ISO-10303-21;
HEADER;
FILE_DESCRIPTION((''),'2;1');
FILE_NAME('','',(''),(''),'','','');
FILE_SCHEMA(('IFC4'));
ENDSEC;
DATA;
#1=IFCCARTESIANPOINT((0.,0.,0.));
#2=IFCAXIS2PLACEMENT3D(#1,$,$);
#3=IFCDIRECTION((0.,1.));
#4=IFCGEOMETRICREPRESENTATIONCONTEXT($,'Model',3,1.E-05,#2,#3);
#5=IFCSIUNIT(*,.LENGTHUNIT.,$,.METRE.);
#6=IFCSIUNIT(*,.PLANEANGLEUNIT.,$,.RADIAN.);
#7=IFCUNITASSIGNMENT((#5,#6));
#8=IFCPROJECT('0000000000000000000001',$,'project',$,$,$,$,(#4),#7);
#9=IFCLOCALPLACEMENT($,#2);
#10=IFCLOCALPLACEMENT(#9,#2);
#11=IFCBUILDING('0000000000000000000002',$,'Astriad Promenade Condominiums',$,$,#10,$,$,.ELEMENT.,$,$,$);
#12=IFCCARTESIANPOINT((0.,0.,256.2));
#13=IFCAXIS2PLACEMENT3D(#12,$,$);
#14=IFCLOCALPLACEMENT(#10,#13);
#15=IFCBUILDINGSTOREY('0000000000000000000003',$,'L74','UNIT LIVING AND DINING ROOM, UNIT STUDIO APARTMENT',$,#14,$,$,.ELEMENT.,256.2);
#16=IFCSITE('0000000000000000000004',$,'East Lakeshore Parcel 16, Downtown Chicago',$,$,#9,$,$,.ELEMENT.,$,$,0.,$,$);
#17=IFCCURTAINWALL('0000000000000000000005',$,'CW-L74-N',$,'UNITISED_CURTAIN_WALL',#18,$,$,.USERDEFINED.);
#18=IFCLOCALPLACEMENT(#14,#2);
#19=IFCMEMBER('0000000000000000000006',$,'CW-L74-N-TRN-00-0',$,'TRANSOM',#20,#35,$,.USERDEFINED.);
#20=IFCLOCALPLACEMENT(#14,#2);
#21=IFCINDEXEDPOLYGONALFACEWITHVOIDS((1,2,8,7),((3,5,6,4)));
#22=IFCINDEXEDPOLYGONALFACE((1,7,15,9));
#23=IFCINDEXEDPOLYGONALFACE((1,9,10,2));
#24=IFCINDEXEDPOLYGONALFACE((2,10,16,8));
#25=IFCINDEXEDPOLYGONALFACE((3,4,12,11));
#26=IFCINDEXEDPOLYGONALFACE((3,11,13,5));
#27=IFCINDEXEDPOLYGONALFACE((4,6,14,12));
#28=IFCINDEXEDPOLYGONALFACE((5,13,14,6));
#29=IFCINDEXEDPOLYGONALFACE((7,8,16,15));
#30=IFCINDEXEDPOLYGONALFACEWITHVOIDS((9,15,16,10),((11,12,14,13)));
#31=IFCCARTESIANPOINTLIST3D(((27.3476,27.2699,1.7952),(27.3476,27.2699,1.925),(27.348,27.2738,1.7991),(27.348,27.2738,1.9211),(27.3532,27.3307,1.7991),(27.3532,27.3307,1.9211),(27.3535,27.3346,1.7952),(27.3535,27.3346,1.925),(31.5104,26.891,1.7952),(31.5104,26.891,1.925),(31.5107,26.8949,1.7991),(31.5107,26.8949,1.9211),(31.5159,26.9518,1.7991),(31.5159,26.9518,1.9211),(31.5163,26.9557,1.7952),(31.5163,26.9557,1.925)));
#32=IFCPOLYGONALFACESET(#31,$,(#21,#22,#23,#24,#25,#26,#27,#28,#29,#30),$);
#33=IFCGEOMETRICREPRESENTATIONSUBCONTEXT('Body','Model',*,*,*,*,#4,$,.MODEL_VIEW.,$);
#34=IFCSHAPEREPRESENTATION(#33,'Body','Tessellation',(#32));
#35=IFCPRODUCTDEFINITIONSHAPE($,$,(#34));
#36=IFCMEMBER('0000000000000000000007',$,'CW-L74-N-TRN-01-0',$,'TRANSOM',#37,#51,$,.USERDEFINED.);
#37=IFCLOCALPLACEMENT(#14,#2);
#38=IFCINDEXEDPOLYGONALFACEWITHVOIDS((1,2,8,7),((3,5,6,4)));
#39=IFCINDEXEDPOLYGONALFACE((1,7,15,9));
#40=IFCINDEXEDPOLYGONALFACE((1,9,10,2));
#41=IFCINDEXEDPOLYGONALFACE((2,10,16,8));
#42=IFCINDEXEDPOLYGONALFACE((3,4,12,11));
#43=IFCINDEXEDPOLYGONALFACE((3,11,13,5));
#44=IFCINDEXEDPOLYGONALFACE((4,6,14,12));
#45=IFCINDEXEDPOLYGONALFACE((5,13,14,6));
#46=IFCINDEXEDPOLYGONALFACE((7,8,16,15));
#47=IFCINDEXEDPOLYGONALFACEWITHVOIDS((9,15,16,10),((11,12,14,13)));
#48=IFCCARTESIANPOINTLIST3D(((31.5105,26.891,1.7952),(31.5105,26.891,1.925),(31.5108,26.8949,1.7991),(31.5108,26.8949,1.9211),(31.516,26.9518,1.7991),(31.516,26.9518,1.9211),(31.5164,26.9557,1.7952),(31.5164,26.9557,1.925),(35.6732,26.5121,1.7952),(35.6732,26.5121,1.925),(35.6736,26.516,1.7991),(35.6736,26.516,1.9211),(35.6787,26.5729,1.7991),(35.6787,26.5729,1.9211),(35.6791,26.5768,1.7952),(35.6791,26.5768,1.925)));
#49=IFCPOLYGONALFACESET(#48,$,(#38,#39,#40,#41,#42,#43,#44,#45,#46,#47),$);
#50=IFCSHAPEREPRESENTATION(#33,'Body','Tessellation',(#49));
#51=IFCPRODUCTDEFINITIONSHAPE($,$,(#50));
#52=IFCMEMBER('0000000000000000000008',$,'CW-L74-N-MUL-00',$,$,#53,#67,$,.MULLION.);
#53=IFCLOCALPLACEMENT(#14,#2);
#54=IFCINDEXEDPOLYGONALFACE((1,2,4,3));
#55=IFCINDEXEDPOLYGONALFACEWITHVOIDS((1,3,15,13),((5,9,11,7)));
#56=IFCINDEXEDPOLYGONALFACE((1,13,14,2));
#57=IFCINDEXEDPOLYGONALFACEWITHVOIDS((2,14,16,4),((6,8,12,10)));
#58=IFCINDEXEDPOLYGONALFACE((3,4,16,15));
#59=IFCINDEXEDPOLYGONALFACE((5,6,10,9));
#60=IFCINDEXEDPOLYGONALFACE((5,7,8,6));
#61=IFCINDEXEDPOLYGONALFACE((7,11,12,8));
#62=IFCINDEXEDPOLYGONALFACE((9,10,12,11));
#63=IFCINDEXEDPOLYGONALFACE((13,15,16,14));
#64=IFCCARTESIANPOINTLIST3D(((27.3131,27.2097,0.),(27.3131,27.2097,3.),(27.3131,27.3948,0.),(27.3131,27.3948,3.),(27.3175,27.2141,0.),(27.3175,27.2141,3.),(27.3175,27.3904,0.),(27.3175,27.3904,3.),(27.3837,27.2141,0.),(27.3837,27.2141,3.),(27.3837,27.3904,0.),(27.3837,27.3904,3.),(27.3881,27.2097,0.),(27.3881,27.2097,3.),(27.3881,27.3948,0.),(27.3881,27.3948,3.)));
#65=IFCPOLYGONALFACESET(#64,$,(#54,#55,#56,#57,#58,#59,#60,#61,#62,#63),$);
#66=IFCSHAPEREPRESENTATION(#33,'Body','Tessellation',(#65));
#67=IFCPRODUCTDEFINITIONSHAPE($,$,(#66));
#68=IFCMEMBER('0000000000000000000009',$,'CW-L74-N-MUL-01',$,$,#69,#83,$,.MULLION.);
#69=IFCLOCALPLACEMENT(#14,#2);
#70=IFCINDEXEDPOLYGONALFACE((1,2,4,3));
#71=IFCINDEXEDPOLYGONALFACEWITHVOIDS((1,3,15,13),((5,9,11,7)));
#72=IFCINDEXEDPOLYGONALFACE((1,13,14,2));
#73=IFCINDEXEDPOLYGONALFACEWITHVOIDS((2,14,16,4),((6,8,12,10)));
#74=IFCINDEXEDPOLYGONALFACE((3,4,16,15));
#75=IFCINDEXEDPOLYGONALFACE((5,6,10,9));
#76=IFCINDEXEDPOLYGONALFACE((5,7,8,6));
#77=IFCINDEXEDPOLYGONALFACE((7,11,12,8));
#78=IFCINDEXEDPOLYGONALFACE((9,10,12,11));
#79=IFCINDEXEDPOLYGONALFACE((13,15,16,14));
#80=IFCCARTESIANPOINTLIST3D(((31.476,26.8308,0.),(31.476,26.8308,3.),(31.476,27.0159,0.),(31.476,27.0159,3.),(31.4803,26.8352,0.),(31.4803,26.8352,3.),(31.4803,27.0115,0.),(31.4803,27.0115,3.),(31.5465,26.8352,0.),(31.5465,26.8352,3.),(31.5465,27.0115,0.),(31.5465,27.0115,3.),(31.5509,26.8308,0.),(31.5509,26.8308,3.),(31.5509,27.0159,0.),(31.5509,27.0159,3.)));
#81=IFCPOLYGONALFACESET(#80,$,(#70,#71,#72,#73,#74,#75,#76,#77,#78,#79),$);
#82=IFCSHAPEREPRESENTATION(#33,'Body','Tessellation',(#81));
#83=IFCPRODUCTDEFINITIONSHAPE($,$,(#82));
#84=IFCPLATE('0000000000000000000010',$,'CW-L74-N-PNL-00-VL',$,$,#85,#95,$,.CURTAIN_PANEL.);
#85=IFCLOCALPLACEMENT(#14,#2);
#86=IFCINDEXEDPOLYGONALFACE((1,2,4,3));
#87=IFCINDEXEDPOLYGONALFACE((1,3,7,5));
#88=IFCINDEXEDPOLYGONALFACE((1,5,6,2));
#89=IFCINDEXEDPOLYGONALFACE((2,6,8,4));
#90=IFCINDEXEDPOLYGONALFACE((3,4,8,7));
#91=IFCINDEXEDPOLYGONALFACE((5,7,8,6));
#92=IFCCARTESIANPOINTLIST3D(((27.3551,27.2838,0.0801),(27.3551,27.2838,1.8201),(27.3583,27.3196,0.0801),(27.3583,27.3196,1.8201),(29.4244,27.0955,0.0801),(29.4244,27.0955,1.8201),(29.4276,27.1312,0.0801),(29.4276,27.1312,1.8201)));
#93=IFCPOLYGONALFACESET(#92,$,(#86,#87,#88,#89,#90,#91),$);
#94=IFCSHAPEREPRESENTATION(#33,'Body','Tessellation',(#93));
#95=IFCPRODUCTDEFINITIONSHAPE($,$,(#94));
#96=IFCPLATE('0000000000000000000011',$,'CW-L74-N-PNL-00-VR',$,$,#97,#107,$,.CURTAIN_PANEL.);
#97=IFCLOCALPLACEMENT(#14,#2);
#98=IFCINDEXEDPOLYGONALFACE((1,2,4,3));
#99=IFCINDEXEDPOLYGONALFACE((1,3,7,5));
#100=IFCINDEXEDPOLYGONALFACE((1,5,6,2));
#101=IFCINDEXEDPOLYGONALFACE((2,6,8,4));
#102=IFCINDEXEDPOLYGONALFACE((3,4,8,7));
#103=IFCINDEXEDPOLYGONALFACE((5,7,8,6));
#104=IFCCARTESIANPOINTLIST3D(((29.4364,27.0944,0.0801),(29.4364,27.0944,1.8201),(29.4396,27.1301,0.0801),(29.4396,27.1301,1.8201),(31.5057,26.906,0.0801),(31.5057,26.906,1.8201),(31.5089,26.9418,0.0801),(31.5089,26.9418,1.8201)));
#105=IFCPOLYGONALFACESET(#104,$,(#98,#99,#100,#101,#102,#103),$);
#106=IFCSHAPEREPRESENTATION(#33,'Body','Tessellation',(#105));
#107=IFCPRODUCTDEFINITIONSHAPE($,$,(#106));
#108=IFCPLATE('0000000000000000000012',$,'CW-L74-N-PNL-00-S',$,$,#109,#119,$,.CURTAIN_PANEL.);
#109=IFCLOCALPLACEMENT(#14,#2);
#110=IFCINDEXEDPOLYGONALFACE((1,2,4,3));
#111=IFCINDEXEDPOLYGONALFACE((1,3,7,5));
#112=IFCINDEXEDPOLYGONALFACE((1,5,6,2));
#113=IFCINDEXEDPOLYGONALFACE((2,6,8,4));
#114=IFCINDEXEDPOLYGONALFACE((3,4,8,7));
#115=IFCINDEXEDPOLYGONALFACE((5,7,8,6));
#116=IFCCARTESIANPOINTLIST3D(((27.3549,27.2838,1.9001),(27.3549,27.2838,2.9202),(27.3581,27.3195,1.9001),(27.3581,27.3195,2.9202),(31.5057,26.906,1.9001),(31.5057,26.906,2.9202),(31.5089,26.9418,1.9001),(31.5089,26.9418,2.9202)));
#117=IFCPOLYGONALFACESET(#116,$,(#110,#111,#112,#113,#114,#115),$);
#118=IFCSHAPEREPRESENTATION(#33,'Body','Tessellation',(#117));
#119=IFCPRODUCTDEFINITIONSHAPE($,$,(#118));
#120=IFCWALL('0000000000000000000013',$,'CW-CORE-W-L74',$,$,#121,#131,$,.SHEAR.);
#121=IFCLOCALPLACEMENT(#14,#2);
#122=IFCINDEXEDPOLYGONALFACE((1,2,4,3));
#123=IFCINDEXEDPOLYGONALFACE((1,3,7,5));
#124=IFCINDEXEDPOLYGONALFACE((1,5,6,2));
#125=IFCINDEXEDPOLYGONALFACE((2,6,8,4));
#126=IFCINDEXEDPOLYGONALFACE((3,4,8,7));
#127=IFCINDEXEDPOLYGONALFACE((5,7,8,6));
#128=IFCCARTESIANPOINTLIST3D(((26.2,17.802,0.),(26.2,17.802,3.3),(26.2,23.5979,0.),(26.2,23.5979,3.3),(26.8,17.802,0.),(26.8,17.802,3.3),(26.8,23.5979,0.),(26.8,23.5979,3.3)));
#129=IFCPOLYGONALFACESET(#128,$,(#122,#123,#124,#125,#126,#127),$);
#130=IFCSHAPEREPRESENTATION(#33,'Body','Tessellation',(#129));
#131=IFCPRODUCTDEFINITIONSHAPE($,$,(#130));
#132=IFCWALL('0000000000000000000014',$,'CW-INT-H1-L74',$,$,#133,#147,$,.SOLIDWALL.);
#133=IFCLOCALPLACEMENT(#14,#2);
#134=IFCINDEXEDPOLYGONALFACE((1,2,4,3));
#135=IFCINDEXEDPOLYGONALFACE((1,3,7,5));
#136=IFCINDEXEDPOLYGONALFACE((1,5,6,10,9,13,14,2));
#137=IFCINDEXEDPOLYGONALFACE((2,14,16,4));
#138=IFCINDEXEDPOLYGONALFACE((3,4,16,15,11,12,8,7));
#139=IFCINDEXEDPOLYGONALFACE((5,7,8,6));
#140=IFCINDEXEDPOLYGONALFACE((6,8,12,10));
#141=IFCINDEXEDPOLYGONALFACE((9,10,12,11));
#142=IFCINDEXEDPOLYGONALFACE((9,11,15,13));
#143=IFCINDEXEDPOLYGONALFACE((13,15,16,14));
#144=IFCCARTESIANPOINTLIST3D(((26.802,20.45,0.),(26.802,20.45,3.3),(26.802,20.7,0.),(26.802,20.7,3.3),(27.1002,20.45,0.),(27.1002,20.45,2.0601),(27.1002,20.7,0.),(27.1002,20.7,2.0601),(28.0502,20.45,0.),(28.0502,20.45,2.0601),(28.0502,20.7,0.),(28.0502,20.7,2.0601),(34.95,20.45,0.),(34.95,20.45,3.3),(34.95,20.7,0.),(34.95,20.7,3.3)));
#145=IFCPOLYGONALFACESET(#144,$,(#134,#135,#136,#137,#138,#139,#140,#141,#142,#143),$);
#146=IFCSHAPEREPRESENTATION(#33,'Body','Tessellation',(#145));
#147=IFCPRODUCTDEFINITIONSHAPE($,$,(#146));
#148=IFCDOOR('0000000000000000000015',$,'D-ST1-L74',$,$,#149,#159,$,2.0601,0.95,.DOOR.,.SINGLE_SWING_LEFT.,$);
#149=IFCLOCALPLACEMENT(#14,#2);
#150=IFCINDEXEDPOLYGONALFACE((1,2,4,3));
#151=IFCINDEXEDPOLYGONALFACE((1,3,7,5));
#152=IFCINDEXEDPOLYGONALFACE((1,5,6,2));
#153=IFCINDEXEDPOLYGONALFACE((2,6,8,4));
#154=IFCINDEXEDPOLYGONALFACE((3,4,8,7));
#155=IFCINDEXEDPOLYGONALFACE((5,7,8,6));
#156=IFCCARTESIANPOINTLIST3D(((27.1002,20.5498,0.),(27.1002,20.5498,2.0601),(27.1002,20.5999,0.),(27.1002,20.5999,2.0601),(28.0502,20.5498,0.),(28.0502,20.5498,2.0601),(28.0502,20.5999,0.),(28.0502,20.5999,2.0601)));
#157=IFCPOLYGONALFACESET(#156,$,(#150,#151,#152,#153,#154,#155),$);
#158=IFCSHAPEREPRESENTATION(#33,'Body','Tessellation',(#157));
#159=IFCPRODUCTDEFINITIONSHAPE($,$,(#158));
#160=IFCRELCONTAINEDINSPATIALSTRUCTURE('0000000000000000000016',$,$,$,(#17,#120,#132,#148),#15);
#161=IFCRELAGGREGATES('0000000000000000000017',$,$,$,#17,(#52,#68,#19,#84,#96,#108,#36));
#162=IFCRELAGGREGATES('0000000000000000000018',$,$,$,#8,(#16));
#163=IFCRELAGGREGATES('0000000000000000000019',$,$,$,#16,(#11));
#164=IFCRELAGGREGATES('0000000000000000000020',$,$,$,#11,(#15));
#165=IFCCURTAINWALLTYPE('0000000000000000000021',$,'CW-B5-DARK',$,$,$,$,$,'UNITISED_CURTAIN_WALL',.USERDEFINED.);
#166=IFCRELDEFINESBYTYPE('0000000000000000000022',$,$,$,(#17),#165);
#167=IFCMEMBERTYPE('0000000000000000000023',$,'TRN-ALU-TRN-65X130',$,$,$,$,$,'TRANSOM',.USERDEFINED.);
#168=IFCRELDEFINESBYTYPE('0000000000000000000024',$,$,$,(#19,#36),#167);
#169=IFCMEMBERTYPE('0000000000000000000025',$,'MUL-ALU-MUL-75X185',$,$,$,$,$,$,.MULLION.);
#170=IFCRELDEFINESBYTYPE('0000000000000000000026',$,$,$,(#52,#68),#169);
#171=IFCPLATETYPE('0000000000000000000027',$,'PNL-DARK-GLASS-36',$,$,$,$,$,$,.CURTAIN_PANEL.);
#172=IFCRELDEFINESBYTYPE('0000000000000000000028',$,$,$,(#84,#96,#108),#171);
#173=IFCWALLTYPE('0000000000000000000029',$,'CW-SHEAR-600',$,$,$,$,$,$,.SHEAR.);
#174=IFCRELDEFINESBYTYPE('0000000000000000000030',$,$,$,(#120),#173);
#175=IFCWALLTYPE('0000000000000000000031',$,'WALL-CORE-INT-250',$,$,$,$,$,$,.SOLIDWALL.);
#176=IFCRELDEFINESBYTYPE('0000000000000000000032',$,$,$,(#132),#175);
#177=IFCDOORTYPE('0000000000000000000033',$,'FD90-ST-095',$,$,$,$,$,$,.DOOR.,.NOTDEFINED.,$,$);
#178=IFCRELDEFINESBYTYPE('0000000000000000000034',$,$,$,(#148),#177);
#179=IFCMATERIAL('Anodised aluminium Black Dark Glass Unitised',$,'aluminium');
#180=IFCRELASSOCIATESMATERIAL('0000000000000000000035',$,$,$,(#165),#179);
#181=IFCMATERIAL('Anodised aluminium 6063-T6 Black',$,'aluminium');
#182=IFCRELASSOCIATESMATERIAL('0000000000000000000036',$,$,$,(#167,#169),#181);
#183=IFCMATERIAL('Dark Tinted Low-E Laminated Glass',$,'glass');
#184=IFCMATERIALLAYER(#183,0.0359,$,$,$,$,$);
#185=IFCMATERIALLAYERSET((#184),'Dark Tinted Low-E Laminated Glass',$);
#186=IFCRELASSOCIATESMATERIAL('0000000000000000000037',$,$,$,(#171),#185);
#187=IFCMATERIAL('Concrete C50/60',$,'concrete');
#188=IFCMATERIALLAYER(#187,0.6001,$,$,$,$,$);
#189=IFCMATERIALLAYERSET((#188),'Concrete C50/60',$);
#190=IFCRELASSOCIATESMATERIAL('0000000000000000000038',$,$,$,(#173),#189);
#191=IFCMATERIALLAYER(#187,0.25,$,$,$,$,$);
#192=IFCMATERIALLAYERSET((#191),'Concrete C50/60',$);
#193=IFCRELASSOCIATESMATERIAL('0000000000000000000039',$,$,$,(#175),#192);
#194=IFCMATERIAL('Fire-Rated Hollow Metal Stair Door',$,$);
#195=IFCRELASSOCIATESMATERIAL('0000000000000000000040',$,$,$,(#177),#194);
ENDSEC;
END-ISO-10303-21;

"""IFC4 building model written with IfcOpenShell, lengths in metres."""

from ifc_helpers import new_model, si_unit, direction, frame, frame_2d, origin, origin_2d, place, context, subcontext, project, spatial, rectangle, hollow_rectangle, extrude, source, transform, mapped, material, layer, layer_set, material_profile, profile_set, type_object, type_shapes, element, fill, aggregate, save


model = new_model("IFC4")

# Units and contexts
model_context = context("Model", 3, precision=1e-05, world=origin(), true_north=direction((0.0, 1.0)))
body_context = subcontext(model_context, "Body", "Model", "MODEL_VIEW")
ifc_project = project(units=[si_unit("LENGTHUNIT", "METRE"), si_unit("PLANEANGLEUNIT", "RADIAN")], contexts=[model_context])

# Site, building, storey
site_placement = place(None, origin())
site = spatial("IfcSite", under=ifc_project, at=site_placement, Name="East Lakeshore Parcel 16, Downtown Chicago", CompositionType="ELEMENT", RefElevation=0.0)
building_placement = place(site_placement, origin())
building = spatial("IfcBuilding", under=site, at=building_placement, Name="Astriad Promenade Condominiums", CompositionType="ELEMENT")
storey_placement = place(building_placement, frame((0.0, 0.0, 256.2)))
storey = spatial("IfcBuildingStorey", under=building, at=storey_placement, Name="L74", Description="UNIT LIVING AND DINING ROOM, UNIT STUDIO APARTMENT", CompositionType="ELEMENT", Elevation=256.2)

# Curtain wall, members, plates
ifc_material_1 = material(Name="Anodised aluminium Black Dark Glass Unitised", Category="aluminium")
curtain_wall_type = type_object("IfcCurtainWallType", Name="CW-B5-DARK", ElementType="UNITISED_CURTAIN_WALL", PredefinedType="USERDEFINED", material=ifc_material_1)
curtain_wall_placement = place(storey_placement, origin())
curtain_wall = element("IfcCurtainWall", 1, at=curtain_wall_placement, inside=storey, type_object=curtain_wall_type, Name="CW-L74-N", ObjectType="UNITISED_CURTAIN_WALL", PredefinedType="USERDEFINED")
ifc_material_2 = material(Name="Anodised aluminium 6063-T6 Black", Category="aluminium")
ifc_material_profile_1 = material_profile(ifc_material_2, hollow_rectangle(XDim=0.0649, YDim=0.1299, WallThickness=0.0039, at=origin_2d()), Name="ALU-TRN-65X130")
ifc_profile_set_1 = profile_set([ifc_material_profile_1], Name="Anodised aluminium 6063-T6 Black")
member_type_1 = type_object("IfcMemberType", Name="TRN-ALU-TRN-65X130", ElementType="TRANSOM", PredefinedType="USERDEFINED", material=ifc_profile_set_1)
shared_shape_1 = source(origin(), body_context, "Body", "SweptSolid", [
    extrude(hollow_rectangle(XDim=0.0649, YDim=0.1299, WallThickness=0.0039, at=origin_2d()), origin(), (0.0, 0.0, 1.0), 4.1799),
])
type_shapes(member_type_1, [shared_shape_1])
member_1_placement = place(storey_placement, frame((27.3506, 27.3022, 1.8601), z_axis=(0.995883, -0.090646, 0.0), x_axis=(0.090646, 0.995883, 0.0)))
member_1 = element("IfcMember", 2, at=member_1_placement, type_object=member_type_1, Name="CW-L74-N-TRN-00-0", ObjectType="TRANSOM", PredefinedType="USERDEFINED", context=body_context, shape_type="MappedRepresentation", body=[
    mapped(shared_shape_1, transform((0.0, 0.0, 0.0), scale=1.0)),
])
member_2_placement = place(storey_placement, frame((31.5134, 26.9233, 1.8601), z_axis=(0.995883, -0.090646, 0.0), x_axis=(0.090646, 0.995883, 0.0)))
member_2 = element("IfcMember", 3, at=member_2_placement, type_object=member_type_1, Name="CW-L74-N-TRN-01-0", ObjectType="TRANSOM", PredefinedType="USERDEFINED", context=body_context, shape_type="MappedRepresentation", body=[
    mapped(shared_shape_1, transform((0.0, 0.0, 0.0), scale=1.0)),
])
ifc_material_profile_2 = material_profile(ifc_material_2, hollow_rectangle(XDim=0.075, YDim=0.1851, WallThickness=0.0044, at=origin_2d()), Name="ALU-MUL-75X185")
ifc_profile_set_2 = profile_set([ifc_material_profile_2], Name="Anodised aluminium 6063-T6 Black")
member_type_2 = type_object("IfcMemberType", Name="MUL-ALU-MUL-75X185", PredefinedType="MULLION", material=ifc_profile_set_2)
shared_shape_2 = source(origin(), body_context, "Body", "SweptSolid", [
    extrude(hollow_rectangle(XDim=0.075, YDim=0.1851, WallThickness=0.0044, at=origin_2d()), origin(), (0.0, 0.0, 1.0), 3.0),
])
type_shapes(member_type_2, [shared_shape_2])
member_3_placement = place(storey_placement, frame((27.3506, 27.3022, 0.0), z_axis=(0.0, 0.0, 1.0), x_axis=(1.0, 0.0, 0.0)))
member_3 = element("IfcMember", 4, at=member_3_placement, type_object=member_type_2, Name="CW-L74-N-MUL-00", PredefinedType="MULLION", context=body_context, shape_type="MappedRepresentation", body=[
    mapped(shared_shape_2, transform((0.0, 0.0, 0.0), scale=1.0)),
])
member_4_placement = place(storey_placement, frame((31.5134, 26.9233, 0.0), z_axis=(0.0, 0.0, 1.0), x_axis=(1.0, 0.0, 0.0)))
member_4 = element("IfcMember", 5, at=member_4_placement, type_object=member_type_2, Name="CW-L74-N-MUL-01", PredefinedType="MULLION", context=body_context, shape_type="MappedRepresentation", body=[
    mapped(shared_shape_2, transform((0.0, 0.0, 0.0), scale=1.0)),
])
ifc_material_3 = material(Name="Dark Tinted Low-E Laminated Glass", Category="glass")
ifc_layer_1 = layer(ifc_material_3, 0.0359)
ifc_layer_set_1 = layer_set([ifc_layer_1], Name="Dark Tinted Low-E Laminated Glass")
plate_type = type_object("IfcPlateType", Name="PNL-DARK-GLASS-36", PredefinedType="CURTAIN_PANEL", material=ifc_layer_set_1)
shared_shape_3 = source(origin(), body_context, "Body", "SweptSolid", [
    extrude(rectangle(XDim=2.0779, YDim=0.0359, at=origin_2d()), origin(), (0.0, 0.0, 1.0), 1.74),
])
plate_1_placement = place(storey_placement, frame((28.3914, 27.2075, 0.0801), z_axis=(0.0, 0.0, 1.0), x_axis=(0.995884, -0.090633, 0.0)))
plate_1 = element("IfcPlate", 6, at=plate_1_placement, type_object=plate_type, Name="CW-L74-N-PNL-00-VL", PredefinedType="CURTAIN_PANEL", context=body_context, shape_type="MappedRepresentation", body=[
    mapped(shared_shape_3, transform((0.0, 0.0, 0.0), scale=1.0)),
])
plate_2_placement = place(storey_placement, frame((30.4727, 27.0181, 0.0801), z_axis=(0.0, 0.0, 1.0), x_axis=(0.995884, -0.090633, 0.0)))
plate_2 = element("IfcPlate", 7, at=plate_2_placement, type_object=plate_type, Name="CW-L74-N-PNL-00-VR", PredefinedType="CURTAIN_PANEL", context=body_context, shape_type="MappedRepresentation", body=[
    mapped(shared_shape_3, transform((0.0, 0.0, 0.0), scale=1.0)),
])
shared_shape_4 = source(origin(), body_context, "Body", "SweptSolid", [
    extrude(rectangle(XDim=4.168, YDim=0.0359, at=origin_2d()), origin(), (0.0, 0.0, 1.0), 1.02),
])
type_shapes(plate_type, [shared_shape_3, shared_shape_4])
plate_3_placement = place(storey_placement, frame((29.4319, 27.1128, 1.9001), z_axis=(0.0, 0.0, 1.0), x_axis=(0.995884, -0.090633, 0.0)))
plate_3 = element("IfcPlate", 8, at=plate_3_placement, type_object=plate_type, Name="CW-L74-N-PNL-00-S", PredefinedType="CURTAIN_PANEL", context=body_context, shape_type="MappedRepresentation", body=[
    mapped(shared_shape_4, transform((0.0, 0.0, 0.0), scale=1.0)),
])
aggregate(curtain_wall, [member_3, member_4, member_1, plate_1, plate_2, plate_3, member_2])

# Wall
ifc_material_4 = material(Name="Concrete C50/60", Category="concrete")
ifc_layer_2 = layer(ifc_material_4, 0.6001)
ifc_layer_set_2 = layer_set([ifc_layer_2], Name="Concrete C50/60")
wall_type_1 = type_object("IfcWallType", Name="CW-SHEAR-600", PredefinedType="SHEAR", material=ifc_layer_set_2)
wall_1_placement = place(storey_placement, frame((26.5, 17.802, 0.0), z_axis=(0.0, 0.0, 1.0), x_axis=(0.0, 1.0, 0.0)))
element("IfcWall", 9, at=wall_1_placement, inside=storey, type_object=wall_type_1, Name="CW-CORE-W-L74", PredefinedType="SHEAR", context=body_context, shape_type="SweptSolid", body=[
    extrude(rectangle(XDim=5.7959, YDim=0.6001, at=frame_2d((2.8979, 0.0))), origin(), (0.0, 0.0, 1.0), 3.3),
])

# Wall, opening, door
ifc_layer_3 = layer(ifc_material_4, 0.25)
ifc_layer_set_3 = layer_set([ifc_layer_3], Name="Concrete C50/60")
wall_type_2 = type_object("IfcWallType", Name="WALL-CORE-INT-250", PredefinedType="SOLIDWALL", material=ifc_layer_set_3)
wall_2_placement = place(storey_placement, frame((26.802, 20.575, 0.0), z_axis=(0.0, 0.0, 1.0), x_axis=(1.0, 0.0, 0.0)))
wall_2 = element("IfcWall", 10, at=wall_2_placement, inside=storey, type_object=wall_type_2, Name="CW-INT-H1-L74", PredefinedType="SOLIDWALL", context=body_context, shape_type="SweptSolid", body=[
    extrude(rectangle(XDim=8.1479, YDim=0.25, at=frame_2d((4.074, 0.0))), origin(), (0.0, 0.0, 1.0), 3.3),
])
opening_placement = place(wall_2_placement, frame((0.2981, 0.0, 0.0)))
opening = element("IfcOpeningElement", 11, at=opening_placement, cuts=wall_2, PredefinedType="OPENING", context=body_context, shape_type="SweptSolid", body=[
    extrude(rectangle(XDim=0.95, YDim=2.0601, at=frame_2d((0.4751, 1.03))), frame((0.0, 0.135, 0.0), z_axis=(0.0, -1.0, 0.0), x_axis=(1.0, 0.0, 0.0)), (0.0, 0.0, 1.0), 0.27),
])
ifc_material_5 = material(Name="Fire-Rated Hollow Metal Stair Door")
door_type = type_object("IfcDoorType", Name="FD90-ST-095", OperationType="NOTDEFINED", PredefinedType="DOOR", material=ifc_material_5)
shared_shape_5 = source(origin(), body_context, "Body", "SweptSolid", [
    extrude(rectangle(XDim=0.95, YDim=2.0601, at=frame_2d((0.4751, 1.03))), frame((0.0, 0.0249, 0.0), z_axis=(0.0, -1.0, 0.0), x_axis=(1.0, 0.0, 0.0)), (0.0, 0.0, 1.0), 0.05),
])
type_shapes(door_type, [shared_shape_5])
door_placement = place(opening_placement, origin())
door = element("IfcDoor", 12, at=door_placement, inside=storey, type_object=door_type, Name="D-ST1-L74", OperationType="SINGLE_SWING_LEFT", OverallHeight=2.0601, OverallWidth=0.95, PredefinedType="DOOR", context=body_context, shape_type="MappedRepresentation", body=[
    mapped(shared_shape_5, transform((0.0, 0.0, 0.0), scale=1.0)),
])
fill(opening, door)

save(model, "model.ifc")
